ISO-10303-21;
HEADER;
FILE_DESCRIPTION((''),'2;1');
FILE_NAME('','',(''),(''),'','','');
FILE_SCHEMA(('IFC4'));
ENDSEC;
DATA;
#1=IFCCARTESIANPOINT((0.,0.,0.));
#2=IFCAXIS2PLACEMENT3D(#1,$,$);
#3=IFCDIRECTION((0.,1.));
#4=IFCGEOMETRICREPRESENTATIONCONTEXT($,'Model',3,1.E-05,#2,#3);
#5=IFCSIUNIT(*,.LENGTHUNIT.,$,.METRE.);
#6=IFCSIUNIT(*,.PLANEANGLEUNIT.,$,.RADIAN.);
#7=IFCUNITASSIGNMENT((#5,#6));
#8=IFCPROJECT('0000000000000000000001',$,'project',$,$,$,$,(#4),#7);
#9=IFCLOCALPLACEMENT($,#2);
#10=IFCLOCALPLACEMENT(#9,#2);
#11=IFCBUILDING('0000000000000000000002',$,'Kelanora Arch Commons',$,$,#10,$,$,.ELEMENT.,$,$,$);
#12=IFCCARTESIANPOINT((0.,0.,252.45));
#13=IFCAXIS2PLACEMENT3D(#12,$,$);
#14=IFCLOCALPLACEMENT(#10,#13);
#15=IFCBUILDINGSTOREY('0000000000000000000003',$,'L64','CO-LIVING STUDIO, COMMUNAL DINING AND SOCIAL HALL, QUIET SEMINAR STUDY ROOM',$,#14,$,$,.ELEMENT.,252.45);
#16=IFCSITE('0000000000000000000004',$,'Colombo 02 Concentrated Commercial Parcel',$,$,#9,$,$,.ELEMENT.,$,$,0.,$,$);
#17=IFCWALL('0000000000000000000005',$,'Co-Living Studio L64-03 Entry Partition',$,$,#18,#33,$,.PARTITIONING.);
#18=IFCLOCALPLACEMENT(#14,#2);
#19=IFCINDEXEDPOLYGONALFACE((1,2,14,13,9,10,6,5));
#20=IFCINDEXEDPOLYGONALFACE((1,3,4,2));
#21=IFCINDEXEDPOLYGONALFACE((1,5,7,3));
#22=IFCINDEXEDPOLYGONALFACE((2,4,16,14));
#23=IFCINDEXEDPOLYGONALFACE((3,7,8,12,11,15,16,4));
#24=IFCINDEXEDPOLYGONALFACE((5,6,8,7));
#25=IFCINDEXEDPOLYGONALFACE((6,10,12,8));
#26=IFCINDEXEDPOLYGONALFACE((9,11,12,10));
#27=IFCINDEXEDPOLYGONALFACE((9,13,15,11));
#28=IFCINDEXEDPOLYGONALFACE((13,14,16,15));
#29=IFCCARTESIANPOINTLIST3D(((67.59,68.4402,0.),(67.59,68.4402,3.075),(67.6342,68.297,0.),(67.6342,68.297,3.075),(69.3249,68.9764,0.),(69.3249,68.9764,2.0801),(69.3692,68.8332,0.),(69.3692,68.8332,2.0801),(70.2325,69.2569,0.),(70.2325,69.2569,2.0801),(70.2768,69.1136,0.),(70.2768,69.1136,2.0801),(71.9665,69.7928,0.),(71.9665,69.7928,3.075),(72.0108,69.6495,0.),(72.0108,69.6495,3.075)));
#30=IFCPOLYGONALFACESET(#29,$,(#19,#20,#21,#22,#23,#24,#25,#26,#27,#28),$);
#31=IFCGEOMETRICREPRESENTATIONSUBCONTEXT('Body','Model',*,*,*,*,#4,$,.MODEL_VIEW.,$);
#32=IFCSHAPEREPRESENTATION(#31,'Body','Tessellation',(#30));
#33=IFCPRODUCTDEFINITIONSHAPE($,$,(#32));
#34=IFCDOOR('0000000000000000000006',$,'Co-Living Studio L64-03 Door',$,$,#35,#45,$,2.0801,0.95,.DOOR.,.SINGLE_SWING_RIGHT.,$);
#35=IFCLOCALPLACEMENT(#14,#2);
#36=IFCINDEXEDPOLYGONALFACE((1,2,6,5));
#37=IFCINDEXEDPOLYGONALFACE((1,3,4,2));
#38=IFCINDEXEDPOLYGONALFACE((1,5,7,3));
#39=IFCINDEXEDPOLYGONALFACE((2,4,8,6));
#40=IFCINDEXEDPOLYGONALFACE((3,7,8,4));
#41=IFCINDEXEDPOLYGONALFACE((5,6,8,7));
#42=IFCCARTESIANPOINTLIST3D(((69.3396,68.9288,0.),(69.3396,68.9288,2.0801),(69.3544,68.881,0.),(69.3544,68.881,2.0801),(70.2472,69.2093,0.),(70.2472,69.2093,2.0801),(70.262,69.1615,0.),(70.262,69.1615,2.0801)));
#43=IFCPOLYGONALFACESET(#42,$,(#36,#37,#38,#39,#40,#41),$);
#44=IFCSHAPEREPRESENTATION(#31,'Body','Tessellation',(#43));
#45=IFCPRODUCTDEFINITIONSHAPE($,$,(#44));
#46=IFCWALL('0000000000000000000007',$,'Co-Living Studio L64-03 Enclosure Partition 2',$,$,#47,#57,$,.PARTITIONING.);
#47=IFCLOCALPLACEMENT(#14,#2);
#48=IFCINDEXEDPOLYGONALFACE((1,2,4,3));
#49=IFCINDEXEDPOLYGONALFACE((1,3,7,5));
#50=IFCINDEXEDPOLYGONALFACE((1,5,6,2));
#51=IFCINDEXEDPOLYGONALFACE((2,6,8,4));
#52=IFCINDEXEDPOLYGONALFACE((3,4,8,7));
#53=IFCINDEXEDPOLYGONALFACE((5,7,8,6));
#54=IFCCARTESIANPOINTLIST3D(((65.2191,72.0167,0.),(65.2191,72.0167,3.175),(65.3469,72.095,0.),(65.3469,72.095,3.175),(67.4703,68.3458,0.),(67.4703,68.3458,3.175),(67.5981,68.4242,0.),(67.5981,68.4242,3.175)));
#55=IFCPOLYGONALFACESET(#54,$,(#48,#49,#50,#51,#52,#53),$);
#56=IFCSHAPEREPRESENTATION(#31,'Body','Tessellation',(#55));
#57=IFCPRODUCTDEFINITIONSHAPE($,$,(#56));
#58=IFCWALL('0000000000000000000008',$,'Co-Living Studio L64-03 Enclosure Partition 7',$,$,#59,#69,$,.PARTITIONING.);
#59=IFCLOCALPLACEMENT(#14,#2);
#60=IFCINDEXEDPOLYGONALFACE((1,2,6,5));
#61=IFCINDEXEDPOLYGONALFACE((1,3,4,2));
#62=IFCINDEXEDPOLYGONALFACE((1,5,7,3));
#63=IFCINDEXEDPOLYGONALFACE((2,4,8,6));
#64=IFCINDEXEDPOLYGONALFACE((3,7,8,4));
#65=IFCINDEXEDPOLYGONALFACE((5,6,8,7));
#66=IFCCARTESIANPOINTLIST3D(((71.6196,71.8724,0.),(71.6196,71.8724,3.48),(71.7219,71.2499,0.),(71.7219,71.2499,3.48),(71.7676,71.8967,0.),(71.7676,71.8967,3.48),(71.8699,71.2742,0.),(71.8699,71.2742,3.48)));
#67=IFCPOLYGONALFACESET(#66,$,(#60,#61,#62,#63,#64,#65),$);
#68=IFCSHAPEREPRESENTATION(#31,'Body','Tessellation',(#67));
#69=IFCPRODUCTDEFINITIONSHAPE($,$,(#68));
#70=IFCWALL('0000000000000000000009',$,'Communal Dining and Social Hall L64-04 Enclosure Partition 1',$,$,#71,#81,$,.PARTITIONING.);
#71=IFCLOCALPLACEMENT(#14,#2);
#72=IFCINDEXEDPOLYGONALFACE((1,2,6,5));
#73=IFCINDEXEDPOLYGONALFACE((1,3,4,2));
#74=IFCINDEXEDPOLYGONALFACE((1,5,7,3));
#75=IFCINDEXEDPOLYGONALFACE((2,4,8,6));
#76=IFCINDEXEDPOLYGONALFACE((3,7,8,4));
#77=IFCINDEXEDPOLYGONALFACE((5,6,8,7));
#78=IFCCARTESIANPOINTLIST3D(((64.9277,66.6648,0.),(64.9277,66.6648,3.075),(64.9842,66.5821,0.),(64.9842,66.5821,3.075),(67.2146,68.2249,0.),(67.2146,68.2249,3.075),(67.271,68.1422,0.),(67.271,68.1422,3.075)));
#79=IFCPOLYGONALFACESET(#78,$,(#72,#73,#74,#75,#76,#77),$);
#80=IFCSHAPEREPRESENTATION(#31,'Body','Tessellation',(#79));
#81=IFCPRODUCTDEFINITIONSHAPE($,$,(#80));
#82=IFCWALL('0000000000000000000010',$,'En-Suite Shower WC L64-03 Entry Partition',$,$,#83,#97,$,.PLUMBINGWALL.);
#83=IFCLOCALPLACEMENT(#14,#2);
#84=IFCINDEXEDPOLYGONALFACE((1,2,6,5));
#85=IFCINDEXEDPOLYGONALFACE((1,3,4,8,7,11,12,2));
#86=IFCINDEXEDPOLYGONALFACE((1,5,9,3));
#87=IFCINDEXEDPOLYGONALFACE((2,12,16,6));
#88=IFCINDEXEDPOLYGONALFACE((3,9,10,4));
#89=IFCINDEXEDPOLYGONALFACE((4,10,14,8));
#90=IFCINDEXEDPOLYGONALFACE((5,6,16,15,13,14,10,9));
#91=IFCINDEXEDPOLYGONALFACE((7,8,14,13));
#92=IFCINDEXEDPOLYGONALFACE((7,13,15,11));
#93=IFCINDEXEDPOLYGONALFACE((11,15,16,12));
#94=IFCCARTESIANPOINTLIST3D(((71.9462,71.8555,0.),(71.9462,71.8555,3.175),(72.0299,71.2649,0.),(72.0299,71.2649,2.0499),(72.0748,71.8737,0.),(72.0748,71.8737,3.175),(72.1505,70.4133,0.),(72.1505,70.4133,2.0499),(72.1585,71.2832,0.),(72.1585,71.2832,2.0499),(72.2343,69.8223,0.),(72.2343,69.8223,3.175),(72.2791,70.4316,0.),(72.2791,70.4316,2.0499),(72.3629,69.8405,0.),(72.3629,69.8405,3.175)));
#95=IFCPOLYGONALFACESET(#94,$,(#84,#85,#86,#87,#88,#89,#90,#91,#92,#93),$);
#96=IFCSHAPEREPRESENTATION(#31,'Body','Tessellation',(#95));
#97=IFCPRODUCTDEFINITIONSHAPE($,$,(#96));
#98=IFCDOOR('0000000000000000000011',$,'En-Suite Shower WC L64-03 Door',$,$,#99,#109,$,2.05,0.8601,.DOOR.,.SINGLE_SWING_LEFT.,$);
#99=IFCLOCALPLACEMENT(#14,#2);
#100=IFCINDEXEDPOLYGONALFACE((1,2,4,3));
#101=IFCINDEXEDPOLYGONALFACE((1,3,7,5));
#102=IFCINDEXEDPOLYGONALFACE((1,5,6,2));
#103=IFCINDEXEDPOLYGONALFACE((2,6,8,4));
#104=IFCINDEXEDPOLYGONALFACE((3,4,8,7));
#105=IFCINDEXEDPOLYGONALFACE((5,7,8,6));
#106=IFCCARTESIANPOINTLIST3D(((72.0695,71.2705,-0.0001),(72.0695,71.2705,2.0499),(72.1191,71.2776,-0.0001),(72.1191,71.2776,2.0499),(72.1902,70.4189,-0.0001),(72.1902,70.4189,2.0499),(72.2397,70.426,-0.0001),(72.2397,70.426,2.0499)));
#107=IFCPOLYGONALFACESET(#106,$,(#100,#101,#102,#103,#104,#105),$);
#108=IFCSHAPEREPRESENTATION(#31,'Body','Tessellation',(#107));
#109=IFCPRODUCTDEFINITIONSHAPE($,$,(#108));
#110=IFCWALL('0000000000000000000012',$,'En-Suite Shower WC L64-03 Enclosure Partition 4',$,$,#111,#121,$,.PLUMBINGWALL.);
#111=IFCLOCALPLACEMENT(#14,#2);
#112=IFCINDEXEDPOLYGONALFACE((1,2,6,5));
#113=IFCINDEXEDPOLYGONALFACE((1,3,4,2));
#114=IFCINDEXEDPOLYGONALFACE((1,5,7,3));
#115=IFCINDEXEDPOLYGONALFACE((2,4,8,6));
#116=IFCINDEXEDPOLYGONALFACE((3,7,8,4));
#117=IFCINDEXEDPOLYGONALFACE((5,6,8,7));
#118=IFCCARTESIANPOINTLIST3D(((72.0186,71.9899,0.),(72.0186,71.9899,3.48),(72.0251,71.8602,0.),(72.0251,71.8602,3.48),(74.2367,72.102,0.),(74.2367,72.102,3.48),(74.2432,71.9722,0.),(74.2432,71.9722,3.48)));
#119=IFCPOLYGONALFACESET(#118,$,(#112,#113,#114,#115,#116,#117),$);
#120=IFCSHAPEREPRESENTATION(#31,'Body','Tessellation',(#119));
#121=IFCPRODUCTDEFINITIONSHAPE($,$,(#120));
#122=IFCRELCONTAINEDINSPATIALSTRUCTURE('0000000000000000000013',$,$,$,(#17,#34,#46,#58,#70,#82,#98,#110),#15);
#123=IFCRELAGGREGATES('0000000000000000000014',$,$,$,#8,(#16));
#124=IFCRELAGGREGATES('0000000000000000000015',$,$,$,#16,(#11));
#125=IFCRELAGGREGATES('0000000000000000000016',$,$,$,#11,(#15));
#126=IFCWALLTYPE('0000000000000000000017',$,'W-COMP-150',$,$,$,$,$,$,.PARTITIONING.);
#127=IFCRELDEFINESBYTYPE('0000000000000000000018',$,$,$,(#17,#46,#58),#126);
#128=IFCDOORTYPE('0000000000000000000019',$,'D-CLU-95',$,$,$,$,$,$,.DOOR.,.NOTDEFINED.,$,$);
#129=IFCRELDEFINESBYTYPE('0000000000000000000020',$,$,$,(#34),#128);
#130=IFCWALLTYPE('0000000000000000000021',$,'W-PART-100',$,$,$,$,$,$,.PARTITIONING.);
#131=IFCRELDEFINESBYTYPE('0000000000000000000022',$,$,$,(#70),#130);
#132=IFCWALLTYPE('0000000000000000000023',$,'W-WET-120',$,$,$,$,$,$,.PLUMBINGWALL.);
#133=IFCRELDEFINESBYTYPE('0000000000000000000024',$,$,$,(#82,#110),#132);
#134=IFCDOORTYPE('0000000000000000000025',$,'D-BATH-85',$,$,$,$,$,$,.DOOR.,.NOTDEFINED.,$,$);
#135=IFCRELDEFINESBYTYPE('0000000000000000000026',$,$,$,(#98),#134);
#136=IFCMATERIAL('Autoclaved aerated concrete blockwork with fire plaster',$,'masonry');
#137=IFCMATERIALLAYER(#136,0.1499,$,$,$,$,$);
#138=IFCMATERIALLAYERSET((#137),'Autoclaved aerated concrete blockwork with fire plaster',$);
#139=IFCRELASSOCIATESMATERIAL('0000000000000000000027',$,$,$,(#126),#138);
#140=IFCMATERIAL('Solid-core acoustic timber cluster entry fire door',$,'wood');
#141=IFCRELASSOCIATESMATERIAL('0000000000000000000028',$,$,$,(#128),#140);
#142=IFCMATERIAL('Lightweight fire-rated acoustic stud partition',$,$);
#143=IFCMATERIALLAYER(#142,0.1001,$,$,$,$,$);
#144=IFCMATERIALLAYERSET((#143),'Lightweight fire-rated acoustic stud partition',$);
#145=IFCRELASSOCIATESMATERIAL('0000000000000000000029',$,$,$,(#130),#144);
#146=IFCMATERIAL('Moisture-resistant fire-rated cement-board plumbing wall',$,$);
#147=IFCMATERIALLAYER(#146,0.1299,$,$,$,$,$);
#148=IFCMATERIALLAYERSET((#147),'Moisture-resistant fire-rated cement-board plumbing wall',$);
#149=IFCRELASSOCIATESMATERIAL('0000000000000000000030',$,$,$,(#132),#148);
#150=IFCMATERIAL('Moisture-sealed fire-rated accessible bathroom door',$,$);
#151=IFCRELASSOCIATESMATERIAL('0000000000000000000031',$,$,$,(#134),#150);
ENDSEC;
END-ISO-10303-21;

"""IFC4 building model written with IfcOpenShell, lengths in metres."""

from ifc_helpers import new_model, si_unit, direction, frame, frame_2d, origin, place, context, subcontext, project, spatial, rectangle, extrude, material, layer, layer_set, type_object, element, fill, save


model = new_model("IFC4")

# Units and contexts
model_context = context("Model", 3, precision=1e-05, world=origin(), true_north=direction((0.0, 1.0)))
body_context = subcontext(model_context, "Body", "Model", "MODEL_VIEW")
ifc_project = project(units=[si_unit("LENGTHUNIT", "METRE"), si_unit("PLANEANGLEUNIT", "RADIAN")], contexts=[model_context])

# Site, building, storey
site_placement = place(None, origin())
site = spatial("IfcSite", under=ifc_project, at=site_placement, Name="Colombo 02 Concentrated Commercial Parcel", CompositionType="ELEMENT", RefElevation=0.0)
building_placement = place(site_placement, origin())
building = spatial("IfcBuilding", under=site, at=building_placement, Name="Kelanora Arch Commons", CompositionType="ELEMENT")
storey_placement = place(building_placement, frame((0.0, 0.0, 252.45)))
storey = spatial("IfcBuildingStorey", under=building, at=storey_placement, Name="L64", Description="CO-LIVING STUDIO, COMMUNAL DINING AND SOCIAL HALL, QUIET SEMINAR STUDY ROOM", CompositionType="ELEMENT", Elevation=252.45)

# Wall, opening, door
ifc_material_1 = material(Name="Autoclaved aerated concrete blockwork with fire plaster", Category="masonry")
ifc_layer_1 = layer(ifc_material_1, 0.1499)
ifc_layer_set_1 = layer_set([ifc_layer_1], Name="Autoclaved aerated concrete blockwork with fire plaster")
wall_type_1 = type_object("IfcWallType", Name="W-COMP-150", PredefinedType="PARTITIONING", material=ifc_layer_set_1)
wall_1_placement = place(storey_placement, frame((71.9888, 69.7212, 0.0), z_axis=(0.0, 0.0, 1.0), x_axis=(-0.955414, -0.295269, 0.0)))
wall_1 = element("IfcWall", 1, at=wall_1_placement, inside=storey, type_object=wall_type_1, Name="Co-Living Studio L64-03 Entry Partition", PredefinedType="PARTITIONING", context=body_context, shape_type="SweptSolid", body=[
    extrude(rectangle(XDim=4.5808, YDim=0.1499, at=frame_2d((2.2905, 0.0))), origin(), (0.0, 0.0, 1.0), 3.075),
])
opening_1_placement = place(wall_1_placement, frame((1.8149, 0.0, 0.0)))
opening_1 = element("IfcOpeningElement", 2, at=opening_1_placement, cuts=wall_1, PredefinedType="OPENING", context=body_context, shape_type="SweptSolid", body=[
    extrude(rectangle(XDim=0.95, YDim=2.0801, at=frame_2d((0.4751, 1.04))), frame((0.0, 0.085, 0.0), z_axis=(0.0, -1.0, 0.0), x_axis=(1.0, 0.0, 0.0)), (0.0, 0.0, 1.0), 0.1699),
])
ifc_material_2 = material(Name="Solid-core acoustic timber cluster entry fire door", Category="wood")
door_type_1 = type_object("IfcDoorType", Name="D-CLU-95", OperationType="NOTDEFINED", PredefinedType="DOOR", material=ifc_material_2)
door_1_placement = place(opening_1_placement, origin())
door_1 = element("IfcDoor", 3, at=door_1_placement, inside=storey, type_object=door_type_1, Name="Co-Living Studio L64-03 Door", OperationType="SINGLE_SWING_RIGHT", OverallHeight=2.0801, OverallWidth=0.95, PredefinedType="DOOR", context=body_context, shape_type="SweptSolid", body=[
    extrude(rectangle(XDim=0.95, YDim=2.0801, at=frame_2d((0.4751, 1.04))), frame((0.0, 0.0249, 0.0), z_axis=(0.0, -1.0, 0.0), x_axis=(1.0, 0.0, 0.0)), (0.0, 0.0, 1.0), 0.05),
])
fill(opening_1, door_1)

# Walls
wall_2_placement = place(storey_placement, frame((67.5342, 68.385, 0.0), z_axis=(0.0, 0.0, 1.0), x_axis=(-0.522784, 0.852465, 0.0)))
element("IfcWall", 4, at=wall_2_placement, inside=storey, type_object=wall_type_1, Name="Co-Living Studio L64-03 Enclosure Partition 2", PredefinedType="PARTITIONING", context=body_context, shape_type="SweptSolid", body=[
    extrude(rectangle(XDim=4.3062, YDim=0.1499, at=frame_2d((2.1531, 0.0))), origin(), (0.0, 0.0, 1.0), 3.175),
])
wall_3_placement = place(storey_placement, frame((71.6936, 71.8845, 0.0), z_axis=(0.0, 0.0, 1.0), x_axis=(0.16214, -0.986768, 0.0)))
element("IfcWall", 5, at=wall_3_placement, inside=storey, type_object=wall_type_1, Name="Co-Living Studio L64-03 Enclosure Partition 7", PredefinedType="PARTITIONING", context=body_context, shape_type="SweptSolid", body=[
    extrude(rectangle(XDim=0.6309, YDim=0.1499, at=frame_2d((0.3154, 0.0))), origin(), (0.0, 0.0, 1.0), 3.48),
])
ifc_material_3 = material(Name="Lightweight fire-rated acoustic stud partition")
ifc_layer_2 = layer(ifc_material_3, 0.1001)
ifc_layer_set_2 = layer_set([ifc_layer_2], Name="Lightweight fire-rated acoustic stud partition")
wall_type_2 = type_object("IfcWallType", Name="W-PART-100", PredefinedType="PARTITIONING", material=ifc_layer_set_2)
wall_4_placement = place(storey_placement, frame((67.2429, 68.1836, 0.0), z_axis=(0.0, 0.0, 1.0), x_axis=(-0.826087, -0.563542, 0.0)))
element("IfcWall", 6, at=wall_4_placement, inside=storey, type_object=wall_type_2, Name="Communal Dining and Social Hall L64-04 Enclosure Partition 1", PredefinedType="PARTITIONING", context=body_context, shape_type="SweptSolid", body=[
    extrude(rectangle(XDim=2.7683, YDim=0.1001, at=frame_2d((1.3843, 0.0))), origin(), (0.0, 0.0, 1.0), 3.075),
])

# Wall, opening, door
ifc_material_4 = material(Name="Moisture-resistant fire-rated cement-board plumbing wall")
ifc_layer_3 = layer(ifc_material_4, 0.1299)
ifc_layer_set_3 = layer_set([ifc_layer_3], Name="Moisture-resistant fire-rated cement-board plumbing wall")
wall_type_3 = type_object("IfcWallType", Name="W-WET-120", PredefinedType="PLUMBINGWALL", material=ifc_layer_set_3)
wall_5_placement = place(storey_placement, frame((72.2986, 69.8313, 0.0), z_axis=(0.0, 0.0, 1.0), x_axis=(-0.140289, 0.990111, 0.0)))
wall_5 = element("IfcWall", 7, at=wall_5_placement, inside=storey, type_object=wall_type_3, Name="En-Suite Shower WC L64-03 Entry Partition", PredefinedType="PLUMBINGWALL", context=body_context, shape_type="SweptSolid", body=[
    extrude(rectangle(XDim=2.0535, YDim=0.1299, at=frame_2d((1.0269, 0.0))), origin(), (0.0, 0.0, 1.0), 3.175),
])
opening_2_placement = place(wall_5_placement, frame((0.5969, 0.0, 0.0)))
opening_2 = element("IfcOpeningElement", 8, at=opening_2_placement, cuts=wall_5, PredefinedType="OPENING", context=body_context, shape_type="SweptSolid", body=[
    extrude(rectangle(XDim=0.8601, YDim=2.05, at=frame_2d((0.4302, 1.0249))), frame((0.0, 0.075, 0.0), z_axis=(0.0, -1.0, 0.0), x_axis=(1.0, 0.0, 0.0)), (0.0, 0.0, 1.0), 0.1499),
])
ifc_material_5 = material(Name="Moisture-sealed fire-rated accessible bathroom door")
door_type_2 = type_object("IfcDoorType", Name="D-BATH-85", OperationType="NOTDEFINED", PredefinedType="DOOR", material=ifc_material_5)
door_2_placement = place(opening_2_placement, origin())
door_2 = element("IfcDoor", 9, at=door_2_placement, inside=storey, type_object=door_type_2, Name="En-Suite Shower WC L64-03 Door", OperationType="SINGLE_SWING_LEFT", OverallHeight=2.05, OverallWidth=0.8601, PredefinedType="DOOR", context=body_context, shape_type="SweptSolid", body=[
    extrude(rectangle(XDim=0.8601, YDim=2.05, at=frame_2d((0.4302, 1.0249))), frame((0.0, 0.0249, 0.0), z_axis=(0.0, -1.0, 0.0), x_axis=(1.0, 0.0, 0.0)), (0.0, 0.0, 1.0), 0.05),
])
fill(opening_2, door_2)

# Wall
wall_6_placement = place(storey_placement, frame((72.022, 71.925, 0.0), z_axis=(0.0, 0.0, 1.0), x_axis=(0.998726, 0.050458, 0.0)))
element("IfcWall", 10, at=wall_6_placement, inside=storey, type_object=wall_type_3, Name="En-Suite Shower WC L64-03 Enclosure Partition 4", PredefinedType="PLUMBINGWALL", context=body_context, shape_type="SweptSolid", body=[
    extrude(rectangle(XDim=2.2209, YDim=0.1299, at=frame_2d((1.1104, 0.0))), origin(), (0.0, 0.0, 1.0), 3.48),
])

save(model, "model.ifc")
